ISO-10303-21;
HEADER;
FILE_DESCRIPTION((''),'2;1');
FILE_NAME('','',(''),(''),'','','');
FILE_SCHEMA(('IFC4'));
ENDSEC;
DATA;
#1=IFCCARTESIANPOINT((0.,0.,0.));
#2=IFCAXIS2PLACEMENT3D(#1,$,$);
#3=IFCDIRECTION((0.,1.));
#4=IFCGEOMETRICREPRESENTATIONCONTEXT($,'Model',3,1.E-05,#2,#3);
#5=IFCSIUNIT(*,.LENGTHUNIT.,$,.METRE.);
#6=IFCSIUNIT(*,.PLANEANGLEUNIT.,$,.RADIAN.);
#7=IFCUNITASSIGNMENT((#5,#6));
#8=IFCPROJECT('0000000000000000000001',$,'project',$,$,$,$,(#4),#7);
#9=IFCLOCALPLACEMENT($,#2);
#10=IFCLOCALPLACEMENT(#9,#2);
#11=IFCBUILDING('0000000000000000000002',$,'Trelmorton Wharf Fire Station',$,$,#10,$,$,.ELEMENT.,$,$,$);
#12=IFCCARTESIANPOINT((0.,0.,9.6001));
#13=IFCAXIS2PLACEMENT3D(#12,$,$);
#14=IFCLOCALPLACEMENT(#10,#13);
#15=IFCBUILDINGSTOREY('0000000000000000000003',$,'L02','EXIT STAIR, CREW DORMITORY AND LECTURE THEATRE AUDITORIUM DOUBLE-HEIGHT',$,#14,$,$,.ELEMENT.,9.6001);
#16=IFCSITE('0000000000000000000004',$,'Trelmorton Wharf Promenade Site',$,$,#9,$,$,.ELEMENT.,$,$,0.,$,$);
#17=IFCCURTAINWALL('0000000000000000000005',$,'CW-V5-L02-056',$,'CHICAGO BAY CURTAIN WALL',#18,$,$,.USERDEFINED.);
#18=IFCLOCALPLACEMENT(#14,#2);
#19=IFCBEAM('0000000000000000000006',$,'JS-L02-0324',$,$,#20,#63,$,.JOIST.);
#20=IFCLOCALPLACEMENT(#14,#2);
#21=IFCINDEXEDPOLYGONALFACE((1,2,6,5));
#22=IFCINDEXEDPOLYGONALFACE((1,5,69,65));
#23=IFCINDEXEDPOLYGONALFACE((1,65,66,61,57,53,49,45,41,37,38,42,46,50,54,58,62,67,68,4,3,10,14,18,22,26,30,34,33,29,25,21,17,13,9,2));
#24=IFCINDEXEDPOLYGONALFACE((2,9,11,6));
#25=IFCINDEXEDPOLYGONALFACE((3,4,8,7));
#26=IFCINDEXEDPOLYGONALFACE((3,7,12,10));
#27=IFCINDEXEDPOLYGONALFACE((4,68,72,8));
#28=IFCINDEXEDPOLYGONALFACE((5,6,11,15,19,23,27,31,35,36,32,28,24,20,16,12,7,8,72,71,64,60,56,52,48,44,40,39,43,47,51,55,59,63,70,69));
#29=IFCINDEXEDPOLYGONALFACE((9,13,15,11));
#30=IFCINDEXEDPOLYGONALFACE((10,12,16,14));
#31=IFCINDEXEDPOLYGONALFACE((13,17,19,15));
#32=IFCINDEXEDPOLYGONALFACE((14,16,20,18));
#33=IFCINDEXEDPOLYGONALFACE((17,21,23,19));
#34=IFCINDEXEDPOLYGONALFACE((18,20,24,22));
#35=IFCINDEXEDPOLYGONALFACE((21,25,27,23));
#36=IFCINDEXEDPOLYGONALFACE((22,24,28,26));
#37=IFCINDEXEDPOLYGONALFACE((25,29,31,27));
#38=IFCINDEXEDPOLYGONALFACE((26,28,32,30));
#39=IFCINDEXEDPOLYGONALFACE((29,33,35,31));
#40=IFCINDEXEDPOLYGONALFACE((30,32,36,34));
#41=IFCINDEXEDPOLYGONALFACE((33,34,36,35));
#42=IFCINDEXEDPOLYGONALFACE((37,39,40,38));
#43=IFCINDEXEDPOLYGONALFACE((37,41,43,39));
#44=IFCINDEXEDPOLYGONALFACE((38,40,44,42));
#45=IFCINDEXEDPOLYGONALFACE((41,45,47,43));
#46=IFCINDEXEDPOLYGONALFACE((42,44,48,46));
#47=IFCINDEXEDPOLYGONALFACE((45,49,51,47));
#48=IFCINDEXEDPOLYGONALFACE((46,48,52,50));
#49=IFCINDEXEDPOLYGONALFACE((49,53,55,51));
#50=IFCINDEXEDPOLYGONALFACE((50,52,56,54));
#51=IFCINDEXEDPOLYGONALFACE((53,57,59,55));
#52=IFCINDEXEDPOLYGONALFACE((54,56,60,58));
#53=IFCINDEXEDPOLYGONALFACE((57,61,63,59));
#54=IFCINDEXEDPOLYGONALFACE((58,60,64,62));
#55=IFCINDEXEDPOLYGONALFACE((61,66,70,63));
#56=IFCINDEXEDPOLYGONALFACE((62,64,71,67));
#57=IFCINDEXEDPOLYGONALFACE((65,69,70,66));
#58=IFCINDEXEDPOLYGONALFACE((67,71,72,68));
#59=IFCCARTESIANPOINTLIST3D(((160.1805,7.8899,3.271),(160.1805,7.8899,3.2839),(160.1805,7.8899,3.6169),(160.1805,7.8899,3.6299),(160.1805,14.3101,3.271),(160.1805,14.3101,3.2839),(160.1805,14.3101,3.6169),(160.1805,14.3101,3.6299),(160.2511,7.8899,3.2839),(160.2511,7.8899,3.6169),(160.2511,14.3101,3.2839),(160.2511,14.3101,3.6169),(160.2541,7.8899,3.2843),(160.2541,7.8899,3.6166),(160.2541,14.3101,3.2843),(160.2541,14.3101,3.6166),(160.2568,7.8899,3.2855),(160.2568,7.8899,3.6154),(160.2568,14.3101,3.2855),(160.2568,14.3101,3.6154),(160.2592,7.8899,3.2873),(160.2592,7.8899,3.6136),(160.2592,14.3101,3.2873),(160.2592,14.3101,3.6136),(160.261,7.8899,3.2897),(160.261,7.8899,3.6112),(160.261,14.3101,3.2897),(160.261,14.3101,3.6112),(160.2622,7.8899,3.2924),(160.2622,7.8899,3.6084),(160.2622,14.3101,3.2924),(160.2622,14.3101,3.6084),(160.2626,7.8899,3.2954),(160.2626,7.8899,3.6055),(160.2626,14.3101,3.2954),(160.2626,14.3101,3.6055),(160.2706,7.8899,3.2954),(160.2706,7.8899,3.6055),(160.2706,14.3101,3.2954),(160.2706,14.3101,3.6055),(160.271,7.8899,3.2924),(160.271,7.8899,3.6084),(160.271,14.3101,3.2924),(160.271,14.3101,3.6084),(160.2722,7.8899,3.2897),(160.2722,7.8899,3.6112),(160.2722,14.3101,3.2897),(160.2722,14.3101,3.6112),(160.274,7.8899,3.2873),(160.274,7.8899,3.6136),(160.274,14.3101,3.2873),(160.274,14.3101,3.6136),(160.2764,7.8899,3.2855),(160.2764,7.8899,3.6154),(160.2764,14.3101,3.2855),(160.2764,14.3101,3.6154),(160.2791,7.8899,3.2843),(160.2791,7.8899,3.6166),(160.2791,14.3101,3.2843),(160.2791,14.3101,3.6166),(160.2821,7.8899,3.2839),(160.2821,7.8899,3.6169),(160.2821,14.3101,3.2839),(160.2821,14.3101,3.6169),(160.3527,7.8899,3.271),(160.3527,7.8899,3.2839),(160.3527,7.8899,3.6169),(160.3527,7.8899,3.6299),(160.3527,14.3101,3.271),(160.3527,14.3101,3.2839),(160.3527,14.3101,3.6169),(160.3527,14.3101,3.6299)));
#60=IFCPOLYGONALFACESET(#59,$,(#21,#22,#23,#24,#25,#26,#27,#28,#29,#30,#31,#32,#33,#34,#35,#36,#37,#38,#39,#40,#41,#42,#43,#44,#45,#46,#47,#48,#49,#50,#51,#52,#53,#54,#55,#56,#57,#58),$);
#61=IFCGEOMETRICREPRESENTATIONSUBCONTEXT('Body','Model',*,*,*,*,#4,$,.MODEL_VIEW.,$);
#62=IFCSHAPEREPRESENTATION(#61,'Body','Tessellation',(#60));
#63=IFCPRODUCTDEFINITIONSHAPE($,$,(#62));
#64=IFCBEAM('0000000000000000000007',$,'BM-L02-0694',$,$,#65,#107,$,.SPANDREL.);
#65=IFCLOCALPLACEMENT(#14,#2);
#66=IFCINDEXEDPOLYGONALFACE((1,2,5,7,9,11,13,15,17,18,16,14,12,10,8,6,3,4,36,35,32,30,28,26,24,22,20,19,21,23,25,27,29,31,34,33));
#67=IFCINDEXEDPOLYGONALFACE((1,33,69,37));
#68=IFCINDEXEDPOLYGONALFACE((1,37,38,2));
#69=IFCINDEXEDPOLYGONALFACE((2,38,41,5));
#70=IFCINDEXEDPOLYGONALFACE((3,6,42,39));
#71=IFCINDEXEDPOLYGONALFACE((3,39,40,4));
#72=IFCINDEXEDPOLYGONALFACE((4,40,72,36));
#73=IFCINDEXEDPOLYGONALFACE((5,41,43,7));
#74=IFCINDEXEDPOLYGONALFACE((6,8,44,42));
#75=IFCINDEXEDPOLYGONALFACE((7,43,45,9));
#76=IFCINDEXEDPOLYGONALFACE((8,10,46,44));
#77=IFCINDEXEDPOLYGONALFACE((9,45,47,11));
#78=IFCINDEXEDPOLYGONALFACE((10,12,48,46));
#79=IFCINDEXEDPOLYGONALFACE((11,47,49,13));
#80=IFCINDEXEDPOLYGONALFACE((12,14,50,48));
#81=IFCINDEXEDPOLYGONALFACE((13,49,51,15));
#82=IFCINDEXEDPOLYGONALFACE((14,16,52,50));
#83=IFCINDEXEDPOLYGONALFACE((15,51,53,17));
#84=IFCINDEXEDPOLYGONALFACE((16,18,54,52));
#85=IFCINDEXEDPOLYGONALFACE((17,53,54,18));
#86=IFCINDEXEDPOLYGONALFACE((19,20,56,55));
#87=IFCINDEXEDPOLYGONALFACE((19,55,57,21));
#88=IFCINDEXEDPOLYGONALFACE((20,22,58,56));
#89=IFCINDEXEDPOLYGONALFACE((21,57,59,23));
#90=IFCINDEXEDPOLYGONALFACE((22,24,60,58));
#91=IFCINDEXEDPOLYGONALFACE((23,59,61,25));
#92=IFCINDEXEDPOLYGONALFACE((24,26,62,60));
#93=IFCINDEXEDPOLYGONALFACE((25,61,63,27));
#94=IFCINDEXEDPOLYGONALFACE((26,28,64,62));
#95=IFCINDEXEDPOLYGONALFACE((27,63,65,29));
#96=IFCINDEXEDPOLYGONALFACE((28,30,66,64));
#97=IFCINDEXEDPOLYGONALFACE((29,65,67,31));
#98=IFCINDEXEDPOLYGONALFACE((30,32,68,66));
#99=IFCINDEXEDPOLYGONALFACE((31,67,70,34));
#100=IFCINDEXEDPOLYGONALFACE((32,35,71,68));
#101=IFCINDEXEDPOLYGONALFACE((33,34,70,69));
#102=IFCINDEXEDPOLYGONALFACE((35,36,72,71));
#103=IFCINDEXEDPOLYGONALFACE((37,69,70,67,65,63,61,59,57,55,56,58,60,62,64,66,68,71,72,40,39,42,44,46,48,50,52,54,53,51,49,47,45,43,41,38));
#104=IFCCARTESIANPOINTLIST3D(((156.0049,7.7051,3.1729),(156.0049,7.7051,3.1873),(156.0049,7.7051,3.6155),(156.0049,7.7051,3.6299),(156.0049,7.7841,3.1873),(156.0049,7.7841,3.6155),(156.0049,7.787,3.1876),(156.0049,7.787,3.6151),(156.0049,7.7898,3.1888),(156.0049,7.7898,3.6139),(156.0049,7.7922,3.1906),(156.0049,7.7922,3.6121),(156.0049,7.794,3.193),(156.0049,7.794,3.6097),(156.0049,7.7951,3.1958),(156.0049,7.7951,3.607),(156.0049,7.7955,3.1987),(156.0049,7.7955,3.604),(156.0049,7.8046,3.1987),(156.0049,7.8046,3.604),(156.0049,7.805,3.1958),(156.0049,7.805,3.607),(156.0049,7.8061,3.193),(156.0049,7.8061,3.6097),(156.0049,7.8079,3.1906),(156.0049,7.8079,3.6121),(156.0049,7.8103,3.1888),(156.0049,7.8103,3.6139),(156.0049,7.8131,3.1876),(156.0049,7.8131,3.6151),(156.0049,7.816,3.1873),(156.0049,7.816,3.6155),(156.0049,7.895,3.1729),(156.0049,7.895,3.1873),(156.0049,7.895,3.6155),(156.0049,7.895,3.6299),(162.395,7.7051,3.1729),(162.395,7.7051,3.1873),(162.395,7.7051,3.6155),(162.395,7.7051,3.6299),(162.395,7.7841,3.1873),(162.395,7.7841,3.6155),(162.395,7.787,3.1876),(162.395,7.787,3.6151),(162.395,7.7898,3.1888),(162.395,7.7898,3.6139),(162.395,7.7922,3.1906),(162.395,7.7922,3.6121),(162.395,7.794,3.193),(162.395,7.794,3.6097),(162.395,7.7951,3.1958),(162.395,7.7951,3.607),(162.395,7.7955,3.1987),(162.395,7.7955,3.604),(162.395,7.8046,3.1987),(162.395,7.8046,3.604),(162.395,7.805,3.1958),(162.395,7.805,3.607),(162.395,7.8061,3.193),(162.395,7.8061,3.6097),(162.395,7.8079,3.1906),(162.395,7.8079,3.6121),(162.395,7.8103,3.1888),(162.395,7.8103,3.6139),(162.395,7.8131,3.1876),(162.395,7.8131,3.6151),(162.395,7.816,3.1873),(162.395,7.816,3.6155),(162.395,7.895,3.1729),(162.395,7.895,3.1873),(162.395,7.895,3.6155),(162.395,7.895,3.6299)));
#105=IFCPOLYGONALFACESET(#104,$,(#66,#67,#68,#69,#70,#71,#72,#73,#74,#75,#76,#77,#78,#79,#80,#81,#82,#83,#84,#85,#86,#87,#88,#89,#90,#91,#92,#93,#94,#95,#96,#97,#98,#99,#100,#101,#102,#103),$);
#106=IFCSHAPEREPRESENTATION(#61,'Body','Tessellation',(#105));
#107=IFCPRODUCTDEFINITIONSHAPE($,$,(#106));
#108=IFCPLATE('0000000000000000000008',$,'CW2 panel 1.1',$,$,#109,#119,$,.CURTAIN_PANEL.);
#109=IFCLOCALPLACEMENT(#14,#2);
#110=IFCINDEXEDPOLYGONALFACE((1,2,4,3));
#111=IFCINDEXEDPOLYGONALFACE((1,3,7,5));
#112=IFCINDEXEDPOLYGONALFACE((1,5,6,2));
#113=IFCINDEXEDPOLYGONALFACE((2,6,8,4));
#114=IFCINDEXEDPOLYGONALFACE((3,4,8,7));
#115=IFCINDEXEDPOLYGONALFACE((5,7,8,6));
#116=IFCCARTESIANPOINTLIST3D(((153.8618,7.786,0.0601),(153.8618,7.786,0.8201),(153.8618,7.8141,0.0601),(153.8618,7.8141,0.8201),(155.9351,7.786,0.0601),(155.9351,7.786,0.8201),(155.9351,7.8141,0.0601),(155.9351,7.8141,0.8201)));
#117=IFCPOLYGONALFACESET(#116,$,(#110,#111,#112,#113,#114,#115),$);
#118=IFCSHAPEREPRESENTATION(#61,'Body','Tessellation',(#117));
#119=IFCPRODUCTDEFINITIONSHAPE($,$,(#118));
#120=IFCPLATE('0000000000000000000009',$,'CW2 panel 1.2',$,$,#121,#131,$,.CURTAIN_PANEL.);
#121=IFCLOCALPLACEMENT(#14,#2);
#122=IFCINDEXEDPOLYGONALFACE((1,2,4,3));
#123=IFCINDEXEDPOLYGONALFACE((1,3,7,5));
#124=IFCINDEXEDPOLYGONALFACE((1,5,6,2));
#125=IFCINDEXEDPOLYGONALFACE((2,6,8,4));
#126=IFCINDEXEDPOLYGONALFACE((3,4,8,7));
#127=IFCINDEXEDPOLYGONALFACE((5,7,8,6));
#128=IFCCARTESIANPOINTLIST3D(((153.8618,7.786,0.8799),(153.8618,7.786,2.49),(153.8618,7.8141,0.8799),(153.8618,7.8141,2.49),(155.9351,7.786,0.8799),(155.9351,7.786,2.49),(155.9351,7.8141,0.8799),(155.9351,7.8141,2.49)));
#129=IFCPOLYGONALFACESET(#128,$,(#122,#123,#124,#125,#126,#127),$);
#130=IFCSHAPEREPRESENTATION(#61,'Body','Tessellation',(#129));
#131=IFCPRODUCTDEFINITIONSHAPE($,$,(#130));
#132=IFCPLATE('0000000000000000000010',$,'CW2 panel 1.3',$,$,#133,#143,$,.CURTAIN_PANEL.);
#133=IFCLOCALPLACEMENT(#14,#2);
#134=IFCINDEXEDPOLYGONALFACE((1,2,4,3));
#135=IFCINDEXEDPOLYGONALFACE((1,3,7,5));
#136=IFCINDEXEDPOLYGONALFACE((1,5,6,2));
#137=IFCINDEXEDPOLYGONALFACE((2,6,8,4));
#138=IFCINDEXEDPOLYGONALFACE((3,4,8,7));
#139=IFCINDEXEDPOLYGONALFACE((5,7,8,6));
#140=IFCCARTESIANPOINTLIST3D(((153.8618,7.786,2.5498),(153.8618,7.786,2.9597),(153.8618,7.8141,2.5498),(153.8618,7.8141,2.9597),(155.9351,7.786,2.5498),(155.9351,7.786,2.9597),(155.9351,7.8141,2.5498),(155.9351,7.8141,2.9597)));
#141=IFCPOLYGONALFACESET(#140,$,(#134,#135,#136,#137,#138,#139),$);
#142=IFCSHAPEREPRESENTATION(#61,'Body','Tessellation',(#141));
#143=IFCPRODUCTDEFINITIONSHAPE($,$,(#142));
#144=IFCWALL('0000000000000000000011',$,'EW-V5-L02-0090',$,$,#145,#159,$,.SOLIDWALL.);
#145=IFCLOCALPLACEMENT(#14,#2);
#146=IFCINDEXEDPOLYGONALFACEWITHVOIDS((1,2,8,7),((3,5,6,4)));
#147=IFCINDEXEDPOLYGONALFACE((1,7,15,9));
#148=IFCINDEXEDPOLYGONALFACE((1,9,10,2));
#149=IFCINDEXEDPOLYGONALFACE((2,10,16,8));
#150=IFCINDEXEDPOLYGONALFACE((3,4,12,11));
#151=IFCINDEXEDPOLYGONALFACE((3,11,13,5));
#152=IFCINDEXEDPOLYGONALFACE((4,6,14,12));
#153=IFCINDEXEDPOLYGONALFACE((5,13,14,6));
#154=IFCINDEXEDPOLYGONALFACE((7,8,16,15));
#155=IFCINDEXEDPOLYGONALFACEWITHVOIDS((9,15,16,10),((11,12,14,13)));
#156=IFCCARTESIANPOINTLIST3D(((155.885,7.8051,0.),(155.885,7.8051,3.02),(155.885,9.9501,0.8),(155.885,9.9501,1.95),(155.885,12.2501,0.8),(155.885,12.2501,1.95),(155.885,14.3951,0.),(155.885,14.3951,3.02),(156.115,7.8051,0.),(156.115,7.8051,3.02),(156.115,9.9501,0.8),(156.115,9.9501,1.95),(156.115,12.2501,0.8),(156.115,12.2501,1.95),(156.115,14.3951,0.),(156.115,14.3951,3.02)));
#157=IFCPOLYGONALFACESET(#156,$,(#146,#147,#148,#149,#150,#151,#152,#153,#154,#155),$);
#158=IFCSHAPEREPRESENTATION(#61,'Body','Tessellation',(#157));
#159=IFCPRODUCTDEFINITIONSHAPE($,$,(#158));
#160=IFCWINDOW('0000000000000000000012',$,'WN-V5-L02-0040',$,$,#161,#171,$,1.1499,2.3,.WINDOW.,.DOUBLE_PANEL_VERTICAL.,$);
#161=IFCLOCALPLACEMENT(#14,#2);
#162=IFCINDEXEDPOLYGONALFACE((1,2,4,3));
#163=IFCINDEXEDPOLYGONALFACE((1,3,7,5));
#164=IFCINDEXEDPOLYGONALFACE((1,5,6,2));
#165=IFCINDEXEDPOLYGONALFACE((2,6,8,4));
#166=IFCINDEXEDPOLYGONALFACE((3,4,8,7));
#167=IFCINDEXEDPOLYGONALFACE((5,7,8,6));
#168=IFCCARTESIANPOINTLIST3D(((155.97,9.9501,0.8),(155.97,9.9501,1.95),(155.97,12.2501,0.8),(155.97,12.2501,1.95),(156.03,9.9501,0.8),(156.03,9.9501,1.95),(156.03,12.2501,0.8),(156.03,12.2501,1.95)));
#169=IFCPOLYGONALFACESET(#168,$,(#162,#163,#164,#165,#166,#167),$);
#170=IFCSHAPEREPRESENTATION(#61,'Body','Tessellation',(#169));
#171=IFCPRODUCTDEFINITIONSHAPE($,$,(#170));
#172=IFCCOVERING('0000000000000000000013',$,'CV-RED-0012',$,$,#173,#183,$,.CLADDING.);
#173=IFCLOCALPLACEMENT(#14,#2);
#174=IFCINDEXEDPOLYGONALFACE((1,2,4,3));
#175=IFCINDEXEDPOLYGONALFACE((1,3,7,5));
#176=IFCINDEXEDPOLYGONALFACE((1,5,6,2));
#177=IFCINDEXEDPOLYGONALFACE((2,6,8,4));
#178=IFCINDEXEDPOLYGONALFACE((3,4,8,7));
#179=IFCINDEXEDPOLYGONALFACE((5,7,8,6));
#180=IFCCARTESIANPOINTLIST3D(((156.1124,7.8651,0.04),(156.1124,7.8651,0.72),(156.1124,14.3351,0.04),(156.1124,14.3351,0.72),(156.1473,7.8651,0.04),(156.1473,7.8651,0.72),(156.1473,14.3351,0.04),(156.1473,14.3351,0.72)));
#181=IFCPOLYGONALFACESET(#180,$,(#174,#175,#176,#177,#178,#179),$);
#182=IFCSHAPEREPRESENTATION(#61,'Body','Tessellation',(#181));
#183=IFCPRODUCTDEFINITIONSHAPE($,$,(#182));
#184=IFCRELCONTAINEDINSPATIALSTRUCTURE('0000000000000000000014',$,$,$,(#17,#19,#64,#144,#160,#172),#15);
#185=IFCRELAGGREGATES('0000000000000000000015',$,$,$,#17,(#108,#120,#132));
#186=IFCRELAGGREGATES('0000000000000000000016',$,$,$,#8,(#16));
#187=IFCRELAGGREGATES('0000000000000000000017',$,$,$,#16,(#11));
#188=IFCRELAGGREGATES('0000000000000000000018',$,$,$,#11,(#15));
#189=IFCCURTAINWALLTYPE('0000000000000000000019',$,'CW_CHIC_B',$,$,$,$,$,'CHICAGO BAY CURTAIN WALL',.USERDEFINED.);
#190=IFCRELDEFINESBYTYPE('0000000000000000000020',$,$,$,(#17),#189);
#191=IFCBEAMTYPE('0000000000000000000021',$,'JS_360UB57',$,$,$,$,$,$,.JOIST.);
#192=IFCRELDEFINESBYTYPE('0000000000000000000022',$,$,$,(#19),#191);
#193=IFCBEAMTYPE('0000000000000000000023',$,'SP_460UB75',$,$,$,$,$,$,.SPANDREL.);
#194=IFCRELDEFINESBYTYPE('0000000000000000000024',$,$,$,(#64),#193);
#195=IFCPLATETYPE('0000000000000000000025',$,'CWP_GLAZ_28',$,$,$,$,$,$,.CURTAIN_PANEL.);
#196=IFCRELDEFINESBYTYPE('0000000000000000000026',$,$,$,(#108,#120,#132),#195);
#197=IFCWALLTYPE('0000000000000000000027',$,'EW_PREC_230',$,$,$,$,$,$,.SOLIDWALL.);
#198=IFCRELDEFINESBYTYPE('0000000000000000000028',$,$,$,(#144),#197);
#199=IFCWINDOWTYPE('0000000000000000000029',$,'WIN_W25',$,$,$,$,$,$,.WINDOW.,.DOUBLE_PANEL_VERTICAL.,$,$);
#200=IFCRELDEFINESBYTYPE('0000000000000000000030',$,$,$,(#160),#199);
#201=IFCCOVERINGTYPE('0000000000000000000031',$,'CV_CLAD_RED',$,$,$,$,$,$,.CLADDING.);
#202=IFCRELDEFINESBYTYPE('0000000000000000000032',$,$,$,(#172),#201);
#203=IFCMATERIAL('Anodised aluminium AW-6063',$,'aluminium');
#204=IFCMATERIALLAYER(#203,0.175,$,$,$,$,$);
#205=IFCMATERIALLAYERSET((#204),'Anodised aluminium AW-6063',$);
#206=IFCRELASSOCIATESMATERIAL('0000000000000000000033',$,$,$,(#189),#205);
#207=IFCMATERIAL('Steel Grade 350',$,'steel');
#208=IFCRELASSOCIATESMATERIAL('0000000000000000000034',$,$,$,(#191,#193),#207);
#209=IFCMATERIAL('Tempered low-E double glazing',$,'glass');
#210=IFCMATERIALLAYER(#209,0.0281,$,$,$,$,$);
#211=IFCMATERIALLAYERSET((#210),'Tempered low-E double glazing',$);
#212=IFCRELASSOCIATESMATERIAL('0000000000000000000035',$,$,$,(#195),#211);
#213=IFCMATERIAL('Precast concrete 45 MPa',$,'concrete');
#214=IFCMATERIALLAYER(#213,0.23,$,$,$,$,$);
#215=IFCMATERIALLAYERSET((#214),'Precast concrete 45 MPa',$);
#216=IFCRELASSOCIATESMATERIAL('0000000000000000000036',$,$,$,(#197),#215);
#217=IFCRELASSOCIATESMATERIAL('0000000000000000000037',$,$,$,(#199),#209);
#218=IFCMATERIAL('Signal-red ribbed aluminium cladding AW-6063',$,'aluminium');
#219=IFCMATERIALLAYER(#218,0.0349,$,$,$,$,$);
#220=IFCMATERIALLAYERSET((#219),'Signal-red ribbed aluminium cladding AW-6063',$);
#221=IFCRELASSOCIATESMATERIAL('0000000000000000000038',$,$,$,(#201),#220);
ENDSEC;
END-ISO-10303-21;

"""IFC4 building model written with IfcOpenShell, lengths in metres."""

from ifc_helpers import new_model, si_unit, direction, frame, frame_2d, origin, origin_2d, place, context, subcontext, project, spatial, rectangle, i_section, extrude, material, layer, layer_set, material_profile, profile_set, type_object, element, fill, aggregate, save


model = new_model("IFC4")

# Units and contexts
model_context = context("Model", 3, precision=1e-05, world=origin(), true_north=direction((0.0, 1.0)))
body_context = subcontext(model_context, "Body", "Model", "MODEL_VIEW")
ifc_project = project(units=[si_unit("LENGTHUNIT", "METRE"), si_unit("PLANEANGLEUNIT", "RADIAN")], contexts=[model_context])

# Site, building, storey
site_placement = place(None, origin())
site = spatial("IfcSite", under=ifc_project, at=site_placement, Name="Trelmorton Wharf Promenade Site", CompositionType="ELEMENT", RefElevation=0.0)
building_placement = place(site_placement, origin())
building = spatial("IfcBuilding", under=site, at=building_placement, Name="Trelmorton Wharf Fire Station", CompositionType="ELEMENT")
storey_placement = place(building_placement, frame((0.0, 0.0, 9.6001)))
storey = spatial("IfcBuildingStorey", under=building, at=storey_placement, Name="L02", Description="EXIT STAIR, CREW DORMITORY AND LECTURE THEATRE AUDITORIUM DOUBLE-HEIGHT", CompositionType="ELEMENT", Elevation=9.6001)

# Shared definitions
ifc_material_1 = material(Name="Steel Grade 350", Category="steel")

# Curtain wall
ifc_material_2 = material(Name="Anodised aluminium AW-6063", Category="aluminium")
ifc_layer_1 = layer(ifc_material_2, 0.175)
ifc_layer_set_1 = layer_set([ifc_layer_1], Name="Anodised aluminium AW-6063")
curtain_wall_type = type_object("IfcCurtainWallType", Name="CW_CHIC_B", ElementType="CHICAGO BAY CURTAIN WALL", PredefinedType="USERDEFINED", material=ifc_layer_set_1)
curtain_wall_placement = place(storey_placement, origin())
curtain_wall = element("IfcCurtainWall", 1, at=curtain_wall_placement, inside=storey, type_object=curtain_wall_type, Name="CW-V5-L02-056", ObjectType="CHICAGO BAY CURTAIN WALL", PredefinedType="USERDEFINED")

# Beams
ifc_material_profile_1 = material_profile(ifc_material_1, i_section(OverallWidth=0.1721, OverallDepth=0.3589, WebThickness=0.0081, FlangeThickness=0.0129, FilletRadius=0.0115, at=origin_2d()), Name="360UB56.7")
ifc_profile_set_1 = profile_set([ifc_material_profile_1], Name="Steel Grade 350")
beam_type_1 = type_object("IfcBeamType", Name="JS_360UB57", PredefinedType="JOIST", material=ifc_profile_set_1)
for number, where, z_axis, x_axis, name in (
    (2, (160.2666, 7.8899, 3.4504), (0.0, 1.0, 0.0), (-1.0, 0.0, 0.0), "JS-L02-0324"),
):
    element("IfcBeam", number, at=place(storey_placement, frame(where, z_axis=z_axis, x_axis=x_axis)), inside=storey, type_object=beam_type_1, Name=name, PredefinedType="JOIST", context=body_context, shape_type="SweptSolid", body=[
        extrude(i_section(OverallWidth=0.1721, OverallDepth=0.3589, WebThickness=0.0081, FlangeThickness=0.0129, FilletRadius=0.0115, at=origin_2d()), origin(), (0.0, 0.0, 1.0), 6.4202),
    ])
ifc_material_profile_2 = material_profile(ifc_material_1, i_section(OverallWidth=0.1899, OverallDepth=0.457, WebThickness=0.009, FlangeThickness=0.0144, FilletRadius=0.0115, at=origin_2d()), Name="460UB74.6")
ifc_profile_set_2 = profile_set([ifc_material_profile_2], Name="Steel Grade 350")
beam_type_2 = type_object("IfcBeamType", Name="SP_460UB75", PredefinedType="SPANDREL", material=ifc_profile_set_2)
beam_placement = place(storey_placement, frame((156.0049, 7.8, 3.4014), z_axis=(1.0, 0.0, 0.0), x_axis=(0.0, 1.0, 0.0)))
element("IfcBeam", 3, at=beam_placement, inside=storey, type_object=beam_type_2, Name="BM-L02-0694", PredefinedType="SPANDREL", context=body_context, shape_type="SweptSolid", body=[
    extrude(i_section(OverallWidth=0.1899, OverallDepth=0.457, WebThickness=0.009, FlangeThickness=0.0144, FilletRadius=0.0115, at=origin_2d()), origin(), (0.0, 0.0, 1.0), 6.3901),
])

# Plates
ifc_material_3 = material(Name="Tempered low-E double glazing", Category="glass")
ifc_layer_2 = layer(ifc_material_3, 0.0281)
ifc_layer_set_2 = layer_set([ifc_layer_2], Name="Tempered low-E double glazing")
plate_type = type_object("IfcPlateType", Name="CWP_GLAZ_28", PredefinedType="CURTAIN_PANEL", material=ifc_layer_set_2)
plate_1_placement = place(storey_placement, frame((154.8984, 7.8, 0.0601), z_axis=(0.0, 0.0, 1.0), x_axis=(-1.0, 0.0, 0.0)))
plate_1 = element("IfcPlate", 4, at=plate_1_placement, type_object=plate_type, Name="CW2 panel 1.1", PredefinedType="CURTAIN_PANEL", context=body_context, shape_type="SweptSolid", body=[
    extrude(rectangle(XDim=2.0732, YDim=0.0281, at=origin_2d()), origin(), (0.0, 0.0, 1.0), 0.76),
])
plate_2_placement = place(storey_placement, frame((154.8984, 7.8, 0.8799), z_axis=(0.0, 0.0, 1.0), x_axis=(-1.0, 0.0, 0.0)))
plate_2 = element("IfcPlate", 5, at=plate_2_placement, type_object=plate_type, Name="CW2 panel 1.2", PredefinedType="CURTAIN_PANEL", context=body_context, shape_type="SweptSolid", body=[
    extrude(rectangle(XDim=2.0732, YDim=0.0281, at=origin_2d()), origin(), (0.0, 0.0, 1.0), 1.6101),
])
plate_3_placement = place(storey_placement, frame((154.8984, 7.8, 2.5498), z_axis=(0.0, 0.0, 1.0), x_axis=(-1.0, 0.0, 0.0)))
plate_3 = element("IfcPlate", 6, at=plate_3_placement, type_object=plate_type, Name="CW2 panel 1.3", PredefinedType="CURTAIN_PANEL", context=body_context, shape_type="SweptSolid", body=[
    extrude(rectangle(XDim=2.0732, YDim=0.0281, at=origin_2d()), origin(), (0.0, 0.0, 1.0), 0.4099),
])
aggregate(curtain_wall, [plate_1, plate_2, plate_3])

# Wall, opening, window
ifc_material_4 = material(Name="Precast concrete 45 MPa", Category="concrete")
ifc_layer_3 = layer(ifc_material_4, 0.23)
ifc_layer_set_3 = layer_set([ifc_layer_3], Name="Precast concrete 45 MPa")
wall_type = type_object("IfcWallType", Name="EW_PREC_230", PredefinedType="SOLIDWALL", material=ifc_layer_set_3)
wall_placement = place(storey_placement, frame((156.0, 14.395, 0.0), z_axis=(0.0, 0.0, 1.0), x_axis=(0.0, -1.0, 0.0)))
wall = element("IfcWall", 7, at=wall_placement, inside=storey, type_object=wall_type, Name="EW-V5-L02-0090", PredefinedType="SOLIDWALL", context=body_context, shape_type="SweptSolid", body=[
    extrude(rectangle(XDim=6.5901, YDim=0.23, at=frame_2d((3.2949, 0.0))), origin(), (0.0, 0.0, 1.0), 3.02),
])
opening_placement = place(wall_placement, frame((2.145, 0.0, 0.8)))
opening = element("IfcOpeningElement", 8, at=opening_placement, cuts=wall, PredefinedType="OPENING", context=body_context, shape_type="SweptSolid", body=[
    extrude(rectangle(XDim=2.3, YDim=1.1499, at=frame_2d((1.1499, 0.575))), frame((0.0, 0.125, 0.0), z_axis=(0.0, -1.0, 0.0), x_axis=(1.0, 0.0, 0.0)), (0.0, 0.0, 1.0), 0.25),
])
window_type = type_object("IfcWindowType", Name="WIN_W25", PartitioningType="DOUBLE_PANEL_VERTICAL", PredefinedType="WINDOW", material=ifc_material_3)
window_placement = place(opening_placement, origin())
window = element("IfcWindow", 9, at=window_placement, inside=storey, type_object=window_type, Name="WN-V5-L02-0040", OverallHeight=1.1499, OverallWidth=2.3, PartitioningType="DOUBLE_PANEL_VERTICAL", PredefinedType="WINDOW", context=body_context, shape_type="SweptSolid", body=[
    extrude(rectangle(XDim=2.3, YDim=1.1499, at=frame_2d((1.1499, 0.575))), frame((0.0, 0.03, 0.0), z_axis=(0.0, -1.0, 0.0), x_axis=(1.0, 0.0, 0.0)), (0.0, 0.0, 1.0), 0.0601),
])
fill(opening, window)

# Covering
ifc_material_5 = material(Name="Signal-red ribbed aluminium cladding AW-6063", Category="aluminium")
ifc_layer_4 = layer(ifc_material_5, 0.0349)
ifc_layer_set_4 = layer_set([ifc_layer_4], Name="Signal-red ribbed aluminium cladding AW-6063")
covering_type = type_object("IfcCoveringType", Name="CV_CLAD_RED", PredefinedType="CLADDING", material=ifc_layer_set_4)
covering_placement = place(storey_placement, frame((156.1299, 11.1001, 0.04), z_axis=(0.0, 0.0, 1.0), x_axis=(0.0, -1.0, 0.0)))
element("IfcCovering", 10, at=covering_placement, inside=storey, type_object=covering_type, Name="CV-RED-0012", PredefinedType="CLADDING", context=body_context, shape_type="SweptSolid", body=[
    extrude(rectangle(XDim=6.47, YDim=0.0349, at=origin_2d()), origin(), (0.0, 0.0, 1.0), 0.6799),
])

save(model, "model.ifc")
